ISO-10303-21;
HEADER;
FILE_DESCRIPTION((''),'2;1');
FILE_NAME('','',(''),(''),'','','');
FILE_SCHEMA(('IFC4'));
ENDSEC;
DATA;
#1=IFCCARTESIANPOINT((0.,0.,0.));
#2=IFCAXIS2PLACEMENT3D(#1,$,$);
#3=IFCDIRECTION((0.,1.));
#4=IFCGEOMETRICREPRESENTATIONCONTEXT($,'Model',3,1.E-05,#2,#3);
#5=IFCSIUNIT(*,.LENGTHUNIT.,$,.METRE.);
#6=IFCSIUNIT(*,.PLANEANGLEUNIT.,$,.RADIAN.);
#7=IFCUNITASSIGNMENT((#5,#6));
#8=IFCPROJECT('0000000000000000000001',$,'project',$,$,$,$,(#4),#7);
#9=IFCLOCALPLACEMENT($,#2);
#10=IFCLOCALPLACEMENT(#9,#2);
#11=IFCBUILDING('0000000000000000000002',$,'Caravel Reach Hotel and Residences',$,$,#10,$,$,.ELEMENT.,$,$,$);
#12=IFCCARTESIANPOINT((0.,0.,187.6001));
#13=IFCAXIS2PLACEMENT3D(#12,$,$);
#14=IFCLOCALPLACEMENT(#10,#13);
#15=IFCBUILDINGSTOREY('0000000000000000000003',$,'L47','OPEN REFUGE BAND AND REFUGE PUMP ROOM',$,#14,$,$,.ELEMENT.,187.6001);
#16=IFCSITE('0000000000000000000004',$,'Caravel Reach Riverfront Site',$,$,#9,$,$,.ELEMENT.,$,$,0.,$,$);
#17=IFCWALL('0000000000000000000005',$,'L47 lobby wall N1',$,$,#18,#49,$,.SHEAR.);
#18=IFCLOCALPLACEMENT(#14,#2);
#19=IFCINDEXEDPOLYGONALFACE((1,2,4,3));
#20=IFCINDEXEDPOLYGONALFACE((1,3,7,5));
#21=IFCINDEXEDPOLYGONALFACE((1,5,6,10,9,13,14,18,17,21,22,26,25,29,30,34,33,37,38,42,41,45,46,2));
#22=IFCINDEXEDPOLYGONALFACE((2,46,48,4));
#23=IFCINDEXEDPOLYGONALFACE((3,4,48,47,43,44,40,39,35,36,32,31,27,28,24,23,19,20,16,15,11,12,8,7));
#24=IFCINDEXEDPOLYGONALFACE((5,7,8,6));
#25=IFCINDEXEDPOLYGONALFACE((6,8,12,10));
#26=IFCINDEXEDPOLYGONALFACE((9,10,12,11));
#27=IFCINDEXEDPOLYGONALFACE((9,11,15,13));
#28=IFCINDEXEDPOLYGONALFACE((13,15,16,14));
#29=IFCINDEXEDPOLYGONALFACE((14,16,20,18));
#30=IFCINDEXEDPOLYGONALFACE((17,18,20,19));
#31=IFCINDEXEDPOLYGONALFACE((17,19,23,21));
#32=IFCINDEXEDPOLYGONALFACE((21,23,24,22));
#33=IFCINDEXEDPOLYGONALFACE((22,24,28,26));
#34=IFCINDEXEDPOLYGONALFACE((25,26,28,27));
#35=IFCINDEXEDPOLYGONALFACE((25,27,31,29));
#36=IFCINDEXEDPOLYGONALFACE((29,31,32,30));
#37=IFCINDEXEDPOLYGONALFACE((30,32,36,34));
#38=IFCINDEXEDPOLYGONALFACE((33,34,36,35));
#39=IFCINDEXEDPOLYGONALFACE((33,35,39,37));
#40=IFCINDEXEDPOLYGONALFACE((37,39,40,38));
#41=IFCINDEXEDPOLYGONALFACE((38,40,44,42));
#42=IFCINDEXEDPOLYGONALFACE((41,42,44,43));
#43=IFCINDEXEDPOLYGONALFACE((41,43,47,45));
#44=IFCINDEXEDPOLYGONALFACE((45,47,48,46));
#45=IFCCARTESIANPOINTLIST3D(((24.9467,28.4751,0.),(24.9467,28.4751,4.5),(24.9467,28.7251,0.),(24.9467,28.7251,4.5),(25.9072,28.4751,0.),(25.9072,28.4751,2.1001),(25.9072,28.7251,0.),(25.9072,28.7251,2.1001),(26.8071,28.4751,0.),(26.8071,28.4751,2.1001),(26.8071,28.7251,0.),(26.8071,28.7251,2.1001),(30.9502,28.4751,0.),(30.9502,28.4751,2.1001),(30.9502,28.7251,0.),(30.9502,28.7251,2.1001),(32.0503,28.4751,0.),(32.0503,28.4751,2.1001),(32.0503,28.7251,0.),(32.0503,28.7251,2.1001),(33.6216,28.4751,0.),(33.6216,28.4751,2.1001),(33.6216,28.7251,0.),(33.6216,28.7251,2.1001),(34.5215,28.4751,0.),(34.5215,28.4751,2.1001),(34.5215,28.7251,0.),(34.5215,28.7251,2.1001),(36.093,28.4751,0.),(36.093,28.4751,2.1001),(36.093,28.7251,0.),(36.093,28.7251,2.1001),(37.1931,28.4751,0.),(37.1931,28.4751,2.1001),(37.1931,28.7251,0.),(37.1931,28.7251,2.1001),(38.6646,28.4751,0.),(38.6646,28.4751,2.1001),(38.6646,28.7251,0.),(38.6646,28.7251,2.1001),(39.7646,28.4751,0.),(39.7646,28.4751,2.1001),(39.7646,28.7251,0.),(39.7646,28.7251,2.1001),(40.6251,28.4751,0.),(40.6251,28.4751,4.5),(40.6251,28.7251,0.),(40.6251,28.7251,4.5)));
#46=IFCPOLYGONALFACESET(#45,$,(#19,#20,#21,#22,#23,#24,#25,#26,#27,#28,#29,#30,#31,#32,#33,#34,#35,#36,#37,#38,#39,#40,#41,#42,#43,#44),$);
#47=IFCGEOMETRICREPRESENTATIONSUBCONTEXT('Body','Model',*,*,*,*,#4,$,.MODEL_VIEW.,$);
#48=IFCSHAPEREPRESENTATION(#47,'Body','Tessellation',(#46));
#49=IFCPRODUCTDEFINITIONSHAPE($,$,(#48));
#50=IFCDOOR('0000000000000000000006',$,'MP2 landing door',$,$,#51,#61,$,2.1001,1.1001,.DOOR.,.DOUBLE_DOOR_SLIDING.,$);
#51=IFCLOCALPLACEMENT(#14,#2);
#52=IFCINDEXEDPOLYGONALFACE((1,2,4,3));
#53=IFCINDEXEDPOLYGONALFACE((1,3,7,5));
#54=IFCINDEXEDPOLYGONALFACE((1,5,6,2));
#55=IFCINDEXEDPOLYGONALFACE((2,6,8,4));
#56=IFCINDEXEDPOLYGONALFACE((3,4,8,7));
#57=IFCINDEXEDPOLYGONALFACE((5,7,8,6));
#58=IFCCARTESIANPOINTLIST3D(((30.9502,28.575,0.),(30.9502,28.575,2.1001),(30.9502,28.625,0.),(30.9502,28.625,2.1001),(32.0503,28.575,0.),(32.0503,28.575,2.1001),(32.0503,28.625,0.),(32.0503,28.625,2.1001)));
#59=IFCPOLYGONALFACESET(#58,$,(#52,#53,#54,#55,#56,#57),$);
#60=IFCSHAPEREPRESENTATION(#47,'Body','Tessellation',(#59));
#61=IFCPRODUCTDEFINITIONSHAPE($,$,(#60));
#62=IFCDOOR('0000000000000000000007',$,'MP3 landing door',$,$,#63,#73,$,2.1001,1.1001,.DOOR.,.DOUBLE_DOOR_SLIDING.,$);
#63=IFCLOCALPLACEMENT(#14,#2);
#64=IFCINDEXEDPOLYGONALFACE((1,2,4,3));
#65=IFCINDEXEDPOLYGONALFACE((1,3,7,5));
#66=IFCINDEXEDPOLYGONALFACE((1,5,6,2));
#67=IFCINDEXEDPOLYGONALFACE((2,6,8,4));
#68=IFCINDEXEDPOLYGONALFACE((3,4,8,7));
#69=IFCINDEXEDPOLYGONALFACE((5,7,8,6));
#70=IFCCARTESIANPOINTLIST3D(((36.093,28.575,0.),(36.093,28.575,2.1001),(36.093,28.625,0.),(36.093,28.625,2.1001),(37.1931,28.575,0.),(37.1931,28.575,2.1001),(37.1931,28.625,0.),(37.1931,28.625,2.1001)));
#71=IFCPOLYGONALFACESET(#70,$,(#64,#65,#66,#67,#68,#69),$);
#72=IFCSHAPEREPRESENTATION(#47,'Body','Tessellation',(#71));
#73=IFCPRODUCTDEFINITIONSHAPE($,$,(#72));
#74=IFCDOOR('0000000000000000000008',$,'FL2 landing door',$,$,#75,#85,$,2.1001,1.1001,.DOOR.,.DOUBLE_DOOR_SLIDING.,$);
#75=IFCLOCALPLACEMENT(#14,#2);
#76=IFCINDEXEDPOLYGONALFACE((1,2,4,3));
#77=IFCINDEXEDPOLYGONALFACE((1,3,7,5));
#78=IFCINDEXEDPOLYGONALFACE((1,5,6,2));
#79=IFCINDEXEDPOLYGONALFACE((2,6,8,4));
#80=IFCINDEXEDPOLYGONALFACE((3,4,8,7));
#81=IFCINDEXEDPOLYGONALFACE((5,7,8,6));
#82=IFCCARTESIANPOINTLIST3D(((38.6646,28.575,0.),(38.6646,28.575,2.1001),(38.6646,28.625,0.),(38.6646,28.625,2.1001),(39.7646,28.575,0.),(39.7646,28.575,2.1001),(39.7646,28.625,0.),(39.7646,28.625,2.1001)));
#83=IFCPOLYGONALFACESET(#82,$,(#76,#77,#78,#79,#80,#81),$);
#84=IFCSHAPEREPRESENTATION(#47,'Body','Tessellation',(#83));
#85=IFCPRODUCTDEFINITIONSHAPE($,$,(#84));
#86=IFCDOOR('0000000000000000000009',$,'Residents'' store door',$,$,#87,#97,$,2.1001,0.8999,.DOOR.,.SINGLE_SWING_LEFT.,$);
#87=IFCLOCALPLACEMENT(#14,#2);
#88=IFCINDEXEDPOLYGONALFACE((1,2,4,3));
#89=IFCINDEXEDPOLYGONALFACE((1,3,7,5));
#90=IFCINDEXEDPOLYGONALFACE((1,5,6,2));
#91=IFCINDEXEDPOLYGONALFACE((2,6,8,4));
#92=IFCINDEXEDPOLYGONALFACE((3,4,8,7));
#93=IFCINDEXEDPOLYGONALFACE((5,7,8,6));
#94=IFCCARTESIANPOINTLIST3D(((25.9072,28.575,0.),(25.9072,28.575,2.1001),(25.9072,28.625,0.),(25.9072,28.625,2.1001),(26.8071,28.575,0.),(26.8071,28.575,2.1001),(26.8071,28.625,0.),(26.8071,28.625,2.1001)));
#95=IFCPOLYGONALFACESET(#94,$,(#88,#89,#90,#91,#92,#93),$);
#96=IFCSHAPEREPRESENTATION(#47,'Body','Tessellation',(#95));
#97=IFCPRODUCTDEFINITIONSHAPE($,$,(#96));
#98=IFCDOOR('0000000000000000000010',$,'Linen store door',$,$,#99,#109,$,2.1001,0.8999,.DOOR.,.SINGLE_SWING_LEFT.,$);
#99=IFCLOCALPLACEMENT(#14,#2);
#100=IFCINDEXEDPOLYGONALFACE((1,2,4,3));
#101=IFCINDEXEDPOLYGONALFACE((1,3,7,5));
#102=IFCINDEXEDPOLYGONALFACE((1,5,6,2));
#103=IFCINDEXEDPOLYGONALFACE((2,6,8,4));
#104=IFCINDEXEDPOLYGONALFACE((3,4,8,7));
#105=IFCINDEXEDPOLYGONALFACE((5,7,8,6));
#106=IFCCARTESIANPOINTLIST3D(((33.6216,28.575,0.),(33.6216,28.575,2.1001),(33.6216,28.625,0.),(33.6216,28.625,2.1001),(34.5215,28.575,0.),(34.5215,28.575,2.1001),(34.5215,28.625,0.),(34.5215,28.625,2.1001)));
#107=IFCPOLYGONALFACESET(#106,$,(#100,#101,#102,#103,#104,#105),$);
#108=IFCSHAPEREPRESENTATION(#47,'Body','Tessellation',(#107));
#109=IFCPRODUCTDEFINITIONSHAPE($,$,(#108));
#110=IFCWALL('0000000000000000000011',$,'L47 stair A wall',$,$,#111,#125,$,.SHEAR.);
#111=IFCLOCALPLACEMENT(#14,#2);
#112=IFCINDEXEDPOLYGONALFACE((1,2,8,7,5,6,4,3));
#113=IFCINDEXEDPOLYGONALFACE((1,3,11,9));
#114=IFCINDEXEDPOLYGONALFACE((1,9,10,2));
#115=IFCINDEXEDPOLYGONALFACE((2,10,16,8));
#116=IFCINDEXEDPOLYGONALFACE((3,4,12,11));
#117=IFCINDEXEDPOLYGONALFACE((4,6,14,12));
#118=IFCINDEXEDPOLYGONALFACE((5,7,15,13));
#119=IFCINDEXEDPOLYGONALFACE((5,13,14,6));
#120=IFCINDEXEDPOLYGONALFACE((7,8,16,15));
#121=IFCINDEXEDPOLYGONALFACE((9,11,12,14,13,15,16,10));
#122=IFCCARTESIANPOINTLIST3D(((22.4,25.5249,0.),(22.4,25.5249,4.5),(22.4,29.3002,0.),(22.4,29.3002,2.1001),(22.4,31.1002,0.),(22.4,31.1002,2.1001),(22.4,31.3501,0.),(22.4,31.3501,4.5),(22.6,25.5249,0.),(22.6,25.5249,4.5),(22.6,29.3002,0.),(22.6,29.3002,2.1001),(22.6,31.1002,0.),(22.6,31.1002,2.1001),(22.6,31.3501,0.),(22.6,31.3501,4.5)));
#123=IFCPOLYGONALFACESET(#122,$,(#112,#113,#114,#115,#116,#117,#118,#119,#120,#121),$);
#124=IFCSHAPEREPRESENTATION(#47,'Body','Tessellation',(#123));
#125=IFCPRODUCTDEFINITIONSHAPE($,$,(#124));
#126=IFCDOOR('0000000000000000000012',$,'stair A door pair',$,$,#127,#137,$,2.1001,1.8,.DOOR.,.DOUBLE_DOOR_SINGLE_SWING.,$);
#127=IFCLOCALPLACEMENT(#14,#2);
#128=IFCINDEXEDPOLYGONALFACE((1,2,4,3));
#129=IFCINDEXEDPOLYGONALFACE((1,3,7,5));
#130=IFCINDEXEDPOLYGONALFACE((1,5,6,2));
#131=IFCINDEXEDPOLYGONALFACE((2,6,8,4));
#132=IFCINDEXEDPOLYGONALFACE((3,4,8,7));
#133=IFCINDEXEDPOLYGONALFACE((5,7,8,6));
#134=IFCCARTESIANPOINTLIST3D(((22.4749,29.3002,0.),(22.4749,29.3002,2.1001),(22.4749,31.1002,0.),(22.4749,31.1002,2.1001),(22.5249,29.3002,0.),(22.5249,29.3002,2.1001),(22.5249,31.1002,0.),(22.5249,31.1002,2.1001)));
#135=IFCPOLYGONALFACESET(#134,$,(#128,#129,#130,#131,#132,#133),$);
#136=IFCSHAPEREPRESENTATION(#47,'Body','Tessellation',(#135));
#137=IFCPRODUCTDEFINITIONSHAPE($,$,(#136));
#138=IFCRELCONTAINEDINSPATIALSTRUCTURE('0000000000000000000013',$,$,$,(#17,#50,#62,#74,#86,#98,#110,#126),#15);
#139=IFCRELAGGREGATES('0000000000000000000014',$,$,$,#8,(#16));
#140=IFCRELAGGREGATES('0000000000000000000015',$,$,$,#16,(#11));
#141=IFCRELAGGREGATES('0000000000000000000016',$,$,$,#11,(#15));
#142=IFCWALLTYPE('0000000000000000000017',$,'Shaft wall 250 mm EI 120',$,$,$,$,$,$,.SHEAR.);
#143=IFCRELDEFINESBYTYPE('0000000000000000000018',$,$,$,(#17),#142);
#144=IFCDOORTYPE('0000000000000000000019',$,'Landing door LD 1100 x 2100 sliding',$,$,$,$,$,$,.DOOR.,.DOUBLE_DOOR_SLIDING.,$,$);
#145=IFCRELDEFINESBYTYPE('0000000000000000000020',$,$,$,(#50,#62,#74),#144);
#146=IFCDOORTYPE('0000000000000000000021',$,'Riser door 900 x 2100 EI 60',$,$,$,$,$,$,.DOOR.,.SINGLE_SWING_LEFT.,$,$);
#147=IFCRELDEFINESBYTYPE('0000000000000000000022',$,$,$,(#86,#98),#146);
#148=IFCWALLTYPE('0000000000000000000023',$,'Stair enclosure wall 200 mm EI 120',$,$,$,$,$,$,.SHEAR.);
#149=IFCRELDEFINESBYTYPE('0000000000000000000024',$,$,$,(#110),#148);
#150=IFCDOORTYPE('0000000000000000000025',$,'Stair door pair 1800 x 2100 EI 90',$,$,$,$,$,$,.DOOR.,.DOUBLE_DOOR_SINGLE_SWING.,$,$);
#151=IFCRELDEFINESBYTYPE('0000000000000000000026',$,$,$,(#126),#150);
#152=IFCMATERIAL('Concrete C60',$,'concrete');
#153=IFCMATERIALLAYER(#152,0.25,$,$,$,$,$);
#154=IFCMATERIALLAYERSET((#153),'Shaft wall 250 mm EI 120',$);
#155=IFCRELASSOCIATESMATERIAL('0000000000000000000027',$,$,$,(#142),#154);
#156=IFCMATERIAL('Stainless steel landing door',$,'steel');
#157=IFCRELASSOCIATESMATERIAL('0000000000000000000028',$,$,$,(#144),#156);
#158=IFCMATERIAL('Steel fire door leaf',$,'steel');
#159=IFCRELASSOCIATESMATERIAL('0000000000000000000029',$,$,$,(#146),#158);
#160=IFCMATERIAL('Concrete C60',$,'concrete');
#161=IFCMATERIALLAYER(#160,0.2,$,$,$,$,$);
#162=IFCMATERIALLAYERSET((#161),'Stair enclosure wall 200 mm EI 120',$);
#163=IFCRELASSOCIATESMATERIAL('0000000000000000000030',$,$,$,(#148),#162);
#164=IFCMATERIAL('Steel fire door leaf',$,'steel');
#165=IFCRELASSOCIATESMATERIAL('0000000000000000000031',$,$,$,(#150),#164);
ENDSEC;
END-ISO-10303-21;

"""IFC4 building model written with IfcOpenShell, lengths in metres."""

from ifc_helpers import new_model, si_unit, direction, frame, frame_2d, origin, place, context, subcontext, project, spatial, rectangle, extrude, material, layer, layer_set, type_object, element, fill, save


model = new_model("IFC4")

# Units and contexts
model_context = context("Model", 3, precision=1e-05, world=origin(), true_north=direction((0.0, 1.0)))
body_context = subcontext(model_context, "Body", "Model", "MODEL_VIEW")
ifc_project = project(units=[si_unit("LENGTHUNIT", "METRE"), si_unit("PLANEANGLEUNIT", "RADIAN")], contexts=[model_context])

# Site, building, storey
site_placement = place(None, origin())
site = spatial("IfcSite", under=ifc_project, at=site_placement, Name="Caravel Reach Riverfront Site", CompositionType="ELEMENT", RefElevation=0.0)
building_placement = place(site_placement, origin())
building = spatial("IfcBuilding", under=site, at=building_placement, Name="Caravel Reach Hotel and Residences", CompositionType="ELEMENT")
storey_placement = place(building_placement, frame((0.0, 0.0, 187.6001)))
storey = spatial("IfcBuildingStorey", under=building, at=storey_placement, Name="L47", Description="OPEN REFUGE BAND AND REFUGE PUMP ROOM", CompositionType="ELEMENT", Elevation=187.6001)

# Wall, openings, doors
ifc_material_1 = material(Name="Concrete C60", Category="concrete")
ifc_layer_1 = layer(ifc_material_1, 0.25)
ifc_layer_set_1 = layer_set([ifc_layer_1], Name="Shaft wall 250 mm EI 120")
wall_type_1 = type_object("IfcWallType", Name="Shaft wall 250 mm EI 120", PredefinedType="SHEAR", material=ifc_layer_set_1)
ifc_material_2 = material(Name="Stainless steel landing door", Category="steel")
door_type_1 = type_object("IfcDoorType", Name="Landing door LD 1100 x 2100 sliding", OperationType="DOUBLE_DOOR_SLIDING", PredefinedType="DOOR", material=ifc_material_2)
ifc_material_3 = material(Name="Steel fire door leaf", Category="steel")
door_type_2 = type_object("IfcDoorType", Name="Riser door 900 x 2100 EI 60", OperationType="SINGLE_SWING_LEFT", PredefinedType="DOOR", material=ifc_material_3)
wall_1_placement = place(storey_placement, frame((24.9465, 28.6001, 0.0), z_axis=(0.0, 0.0, 1.0), x_axis=(1.0, 0.0, 0.0)))
wall_1 = element("IfcWall", 1, at=wall_1_placement, inside=storey, type_object=wall_type_1, Name="L47 lobby wall N1", PredefinedType="SHEAR", context=body_context, shape_type="SweptSolid", body=[
    extrude(rectangle(XDim=15.6785, YDim=0.25, at=frame_2d((7.8394, 0.0))), origin(), (0.0, 0.0, 1.0), 4.5),
])
opening_1_placement = place(wall_1_placement, frame((6.0037, 0.0, 0.0)))
opening_1 = element("IfcOpeningElement", 2, at=opening_1_placement, cuts=wall_1, PredefinedType="OPENING", context=body_context, shape_type="SweptSolid", body=[
    extrude(rectangle(XDim=1.1001, YDim=2.1001, at=frame_2d((0.55, 1.05))), frame((0.0, 0.135, 0.0), z_axis=(0.0, -1.0, 0.0), x_axis=(1.0, 0.0, 0.0)), (0.0, 0.0, 1.0), 0.27),
])
opening_2_placement = place(wall_1_placement, frame((11.1465, 0.0, 0.0)))
opening_2 = element("IfcOpeningElement", 3, at=opening_2_placement, cuts=wall_1, PredefinedType="OPENING", context=body_context, shape_type="SweptSolid", body=[
    extrude(rectangle(XDim=1.1001, YDim=2.1001, at=frame_2d((0.55, 1.05))), frame((0.0, 0.135, 0.0), z_axis=(0.0, -1.0, 0.0), x_axis=(1.0, 0.0, 0.0)), (0.0, 0.0, 1.0), 0.27),
])
opening_3_placement = place(wall_1_placement, frame((13.718, 0.0, 0.0)))
opening_3 = element("IfcOpeningElement", 4, at=opening_3_placement, cuts=wall_1, PredefinedType="OPENING", context=body_context, shape_type="SweptSolid", body=[
    extrude(rectangle(XDim=1.1001, YDim=2.1001, at=frame_2d((0.55, 1.05))), frame((0.0, 0.135, 0.0), z_axis=(0.0, -1.0, 0.0), x_axis=(1.0, 0.0, 0.0)), (0.0, 0.0, 1.0), 0.27),
])
opening_4_placement = place(wall_1_placement, frame((0.9607, 0.0, 0.0)))
opening_4 = element("IfcOpeningElement", 5, at=opening_4_placement, cuts=wall_1, PredefinedType="OPENING", context=body_context, shape_type="SweptSolid", body=[
    extrude(rectangle(XDim=0.8999, YDim=2.1001, at=frame_2d((0.45, 1.05))), frame((0.0, 0.135, 0.0), z_axis=(0.0, -1.0, 0.0), x_axis=(1.0, 0.0, 0.0)), (0.0, 0.0, 1.0), 0.27),
])
opening_5_placement = place(wall_1_placement, frame((8.675, 0.0, 0.0)))
opening_5 = element("IfcOpeningElement", 6, at=opening_5_placement, cuts=wall_1, PredefinedType="OPENING", context=body_context, shape_type="SweptSolid", body=[
    extrude(rectangle(XDim=0.8999, YDim=2.1001, at=frame_2d((0.45, 1.05))), frame((0.0, 0.135, 0.0), z_axis=(0.0, -1.0, 0.0), x_axis=(1.0, 0.0, 0.0)), (0.0, 0.0, 1.0), 0.27),
])
door_1_placement = place(opening_1_placement, origin())
door_1 = element("IfcDoor", 7, at=door_1_placement, inside=storey, type_object=door_type_1, Name="MP2 landing door", OperationType="DOUBLE_DOOR_SLIDING", OverallHeight=2.1001, OverallWidth=1.1001, PredefinedType="DOOR", context=body_context, shape_type="SweptSolid", body=[
    extrude(rectangle(XDim=1.1001, YDim=2.1001, at=frame_2d((0.55, 1.05))), frame((0.0, 0.0249, 0.0), z_axis=(0.0, -1.0, 0.0), x_axis=(1.0, 0.0, 0.0)), (0.0, 0.0, 1.0), 0.05),
])
fill(opening_1, door_1)
door_2_placement = place(opening_2_placement, origin())
door_2 = element("IfcDoor", 8, at=door_2_placement, inside=storey, type_object=door_type_1, Name="MP3 landing door", OperationType="DOUBLE_DOOR_SLIDING", OverallHeight=2.1001, OverallWidth=1.1001, PredefinedType="DOOR", context=body_context, shape_type="SweptSolid", body=[
    extrude(rectangle(XDim=1.1001, YDim=2.1001, at=frame_2d((0.55, 1.05))), frame((0.0, 0.0249, 0.0), z_axis=(0.0, -1.0, 0.0), x_axis=(1.0, 0.0, 0.0)), (0.0, 0.0, 1.0), 0.05),
])
fill(opening_2, door_2)
door_3_placement = place(opening_3_placement, origin())
door_3 = element("IfcDoor", 9, at=door_3_placement, inside=storey, type_object=door_type_1, Name="FL2 landing door", OperationType="DOUBLE_DOOR_SLIDING", OverallHeight=2.1001, OverallWidth=1.1001, PredefinedType="DOOR", context=body_context, shape_type="SweptSolid", body=[
    extrude(rectangle(XDim=1.1001, YDim=2.1001, at=frame_2d((0.55, 1.05))), frame((0.0, 0.0249, 0.0), z_axis=(0.0, -1.0, 0.0), x_axis=(1.0, 0.0, 0.0)), (0.0, 0.0, 1.0), 0.05),
])
fill(opening_3, door_3)
door_4_placement = place(opening_4_placement, origin())
door_4 = element("IfcDoor", 10, at=door_4_placement, inside=storey, type_object=door_type_2, Name="Residents' store door", OperationType="SINGLE_SWING_LEFT", OverallHeight=2.1001, OverallWidth=0.8999, PredefinedType="DOOR", context=body_context, shape_type="SweptSolid", body=[
    extrude(rectangle(XDim=0.8999, YDim=2.1001, at=frame_2d((0.45, 1.05))), frame((0.0, 0.0249, 0.0), z_axis=(0.0, -1.0, 0.0), x_axis=(1.0, 0.0, 0.0)), (0.0, 0.0, 1.0), 0.05),
])
fill(opening_4, door_4)
door_5_placement = place(opening_5_placement, origin())
door_5 = element("IfcDoor", 11, at=door_5_placement, inside=storey, type_object=door_type_2, Name="Linen store door", OperationType="SINGLE_SWING_LEFT", OverallHeight=2.1001, OverallWidth=0.8999, PredefinedType="DOOR", context=body_context, shape_type="SweptSolid", body=[
    extrude(rectangle(XDim=0.8999, YDim=2.1001, at=frame_2d((0.45, 1.05))), frame((0.0, 0.0249, 0.0), z_axis=(0.0, -1.0, 0.0), x_axis=(1.0, 0.0, 0.0)), (0.0, 0.0, 1.0), 0.05),
])
fill(opening_5, door_5)

# Wall, opening, door
ifc_material_4 = material(Name="Concrete C60", Category="concrete")
ifc_layer_2 = layer(ifc_material_4, 0.2)
ifc_layer_set_2 = layer_set([ifc_layer_2], Name="Stair enclosure wall 200 mm EI 120")
wall_type_2 = type_object("IfcWallType", Name="Stair enclosure wall 200 mm EI 120", PredefinedType="SHEAR", material=ifc_layer_set_2)
wall_2_placement = place(storey_placement, frame((22.5, 31.3501, 0.0), z_axis=(0.0, 0.0, 1.0), x_axis=(0.0, -1.0, 0.0)))
wall_2 = element("IfcWall", 12, at=wall_2_placement, inside=storey, type_object=wall_type_2, Name="L47 stair A wall", PredefinedType="SHEAR", context=body_context, shape_type="SweptSolid", body=[
    extrude(rectangle(XDim=5.8252, YDim=0.2, at=frame_2d((2.9126, 0.0))), origin(), (0.0, 0.0, 1.0), 4.5),
])
opening_6_placement = place(wall_2_placement, frame((0.25, 0.0, 0.0)))
opening_6 = element("IfcOpeningElement", 13, at=opening_6_placement, cuts=wall_2, PredefinedType="OPENING", context=body_context, shape_type="SweptSolid", body=[
    extrude(rectangle(XDim=1.8, YDim=2.1001, at=frame_2d((0.8999, 1.05))), frame((0.0, 0.1099, 0.0), z_axis=(0.0, -1.0, 0.0), x_axis=(1.0, 0.0, 0.0)), (0.0, 0.0, 1.0), 0.22),
])
ifc_material_5 = material(Name="Steel fire door leaf", Category="steel")
door_type_3 = type_object("IfcDoorType", Name="Stair door pair 1800 x 2100 EI 90", OperationType="DOUBLE_DOOR_SINGLE_SWING", PredefinedType="DOOR", material=ifc_material_5)
door_6_placement = place(opening_6_placement, origin())
door_6 = element("IfcDoor", 14, at=door_6_placement, inside=storey, type_object=door_type_3, Name="stair A door pair", OperationType="DOUBLE_DOOR_SINGLE_SWING", OverallHeight=2.1001, OverallWidth=1.8, PredefinedType="DOOR", context=body_context, shape_type="SweptSolid", body=[
    extrude(rectangle(XDim=1.8, YDim=2.1001, at=frame_2d((0.8999, 1.05))), frame((0.0, 0.0249, 0.0), z_axis=(0.0, -1.0, 0.0), x_axis=(1.0, 0.0, 0.0)), (0.0, 0.0, 1.0), 0.05),
])
fill(opening_6, door_6)

save(model, "model.ifc")
